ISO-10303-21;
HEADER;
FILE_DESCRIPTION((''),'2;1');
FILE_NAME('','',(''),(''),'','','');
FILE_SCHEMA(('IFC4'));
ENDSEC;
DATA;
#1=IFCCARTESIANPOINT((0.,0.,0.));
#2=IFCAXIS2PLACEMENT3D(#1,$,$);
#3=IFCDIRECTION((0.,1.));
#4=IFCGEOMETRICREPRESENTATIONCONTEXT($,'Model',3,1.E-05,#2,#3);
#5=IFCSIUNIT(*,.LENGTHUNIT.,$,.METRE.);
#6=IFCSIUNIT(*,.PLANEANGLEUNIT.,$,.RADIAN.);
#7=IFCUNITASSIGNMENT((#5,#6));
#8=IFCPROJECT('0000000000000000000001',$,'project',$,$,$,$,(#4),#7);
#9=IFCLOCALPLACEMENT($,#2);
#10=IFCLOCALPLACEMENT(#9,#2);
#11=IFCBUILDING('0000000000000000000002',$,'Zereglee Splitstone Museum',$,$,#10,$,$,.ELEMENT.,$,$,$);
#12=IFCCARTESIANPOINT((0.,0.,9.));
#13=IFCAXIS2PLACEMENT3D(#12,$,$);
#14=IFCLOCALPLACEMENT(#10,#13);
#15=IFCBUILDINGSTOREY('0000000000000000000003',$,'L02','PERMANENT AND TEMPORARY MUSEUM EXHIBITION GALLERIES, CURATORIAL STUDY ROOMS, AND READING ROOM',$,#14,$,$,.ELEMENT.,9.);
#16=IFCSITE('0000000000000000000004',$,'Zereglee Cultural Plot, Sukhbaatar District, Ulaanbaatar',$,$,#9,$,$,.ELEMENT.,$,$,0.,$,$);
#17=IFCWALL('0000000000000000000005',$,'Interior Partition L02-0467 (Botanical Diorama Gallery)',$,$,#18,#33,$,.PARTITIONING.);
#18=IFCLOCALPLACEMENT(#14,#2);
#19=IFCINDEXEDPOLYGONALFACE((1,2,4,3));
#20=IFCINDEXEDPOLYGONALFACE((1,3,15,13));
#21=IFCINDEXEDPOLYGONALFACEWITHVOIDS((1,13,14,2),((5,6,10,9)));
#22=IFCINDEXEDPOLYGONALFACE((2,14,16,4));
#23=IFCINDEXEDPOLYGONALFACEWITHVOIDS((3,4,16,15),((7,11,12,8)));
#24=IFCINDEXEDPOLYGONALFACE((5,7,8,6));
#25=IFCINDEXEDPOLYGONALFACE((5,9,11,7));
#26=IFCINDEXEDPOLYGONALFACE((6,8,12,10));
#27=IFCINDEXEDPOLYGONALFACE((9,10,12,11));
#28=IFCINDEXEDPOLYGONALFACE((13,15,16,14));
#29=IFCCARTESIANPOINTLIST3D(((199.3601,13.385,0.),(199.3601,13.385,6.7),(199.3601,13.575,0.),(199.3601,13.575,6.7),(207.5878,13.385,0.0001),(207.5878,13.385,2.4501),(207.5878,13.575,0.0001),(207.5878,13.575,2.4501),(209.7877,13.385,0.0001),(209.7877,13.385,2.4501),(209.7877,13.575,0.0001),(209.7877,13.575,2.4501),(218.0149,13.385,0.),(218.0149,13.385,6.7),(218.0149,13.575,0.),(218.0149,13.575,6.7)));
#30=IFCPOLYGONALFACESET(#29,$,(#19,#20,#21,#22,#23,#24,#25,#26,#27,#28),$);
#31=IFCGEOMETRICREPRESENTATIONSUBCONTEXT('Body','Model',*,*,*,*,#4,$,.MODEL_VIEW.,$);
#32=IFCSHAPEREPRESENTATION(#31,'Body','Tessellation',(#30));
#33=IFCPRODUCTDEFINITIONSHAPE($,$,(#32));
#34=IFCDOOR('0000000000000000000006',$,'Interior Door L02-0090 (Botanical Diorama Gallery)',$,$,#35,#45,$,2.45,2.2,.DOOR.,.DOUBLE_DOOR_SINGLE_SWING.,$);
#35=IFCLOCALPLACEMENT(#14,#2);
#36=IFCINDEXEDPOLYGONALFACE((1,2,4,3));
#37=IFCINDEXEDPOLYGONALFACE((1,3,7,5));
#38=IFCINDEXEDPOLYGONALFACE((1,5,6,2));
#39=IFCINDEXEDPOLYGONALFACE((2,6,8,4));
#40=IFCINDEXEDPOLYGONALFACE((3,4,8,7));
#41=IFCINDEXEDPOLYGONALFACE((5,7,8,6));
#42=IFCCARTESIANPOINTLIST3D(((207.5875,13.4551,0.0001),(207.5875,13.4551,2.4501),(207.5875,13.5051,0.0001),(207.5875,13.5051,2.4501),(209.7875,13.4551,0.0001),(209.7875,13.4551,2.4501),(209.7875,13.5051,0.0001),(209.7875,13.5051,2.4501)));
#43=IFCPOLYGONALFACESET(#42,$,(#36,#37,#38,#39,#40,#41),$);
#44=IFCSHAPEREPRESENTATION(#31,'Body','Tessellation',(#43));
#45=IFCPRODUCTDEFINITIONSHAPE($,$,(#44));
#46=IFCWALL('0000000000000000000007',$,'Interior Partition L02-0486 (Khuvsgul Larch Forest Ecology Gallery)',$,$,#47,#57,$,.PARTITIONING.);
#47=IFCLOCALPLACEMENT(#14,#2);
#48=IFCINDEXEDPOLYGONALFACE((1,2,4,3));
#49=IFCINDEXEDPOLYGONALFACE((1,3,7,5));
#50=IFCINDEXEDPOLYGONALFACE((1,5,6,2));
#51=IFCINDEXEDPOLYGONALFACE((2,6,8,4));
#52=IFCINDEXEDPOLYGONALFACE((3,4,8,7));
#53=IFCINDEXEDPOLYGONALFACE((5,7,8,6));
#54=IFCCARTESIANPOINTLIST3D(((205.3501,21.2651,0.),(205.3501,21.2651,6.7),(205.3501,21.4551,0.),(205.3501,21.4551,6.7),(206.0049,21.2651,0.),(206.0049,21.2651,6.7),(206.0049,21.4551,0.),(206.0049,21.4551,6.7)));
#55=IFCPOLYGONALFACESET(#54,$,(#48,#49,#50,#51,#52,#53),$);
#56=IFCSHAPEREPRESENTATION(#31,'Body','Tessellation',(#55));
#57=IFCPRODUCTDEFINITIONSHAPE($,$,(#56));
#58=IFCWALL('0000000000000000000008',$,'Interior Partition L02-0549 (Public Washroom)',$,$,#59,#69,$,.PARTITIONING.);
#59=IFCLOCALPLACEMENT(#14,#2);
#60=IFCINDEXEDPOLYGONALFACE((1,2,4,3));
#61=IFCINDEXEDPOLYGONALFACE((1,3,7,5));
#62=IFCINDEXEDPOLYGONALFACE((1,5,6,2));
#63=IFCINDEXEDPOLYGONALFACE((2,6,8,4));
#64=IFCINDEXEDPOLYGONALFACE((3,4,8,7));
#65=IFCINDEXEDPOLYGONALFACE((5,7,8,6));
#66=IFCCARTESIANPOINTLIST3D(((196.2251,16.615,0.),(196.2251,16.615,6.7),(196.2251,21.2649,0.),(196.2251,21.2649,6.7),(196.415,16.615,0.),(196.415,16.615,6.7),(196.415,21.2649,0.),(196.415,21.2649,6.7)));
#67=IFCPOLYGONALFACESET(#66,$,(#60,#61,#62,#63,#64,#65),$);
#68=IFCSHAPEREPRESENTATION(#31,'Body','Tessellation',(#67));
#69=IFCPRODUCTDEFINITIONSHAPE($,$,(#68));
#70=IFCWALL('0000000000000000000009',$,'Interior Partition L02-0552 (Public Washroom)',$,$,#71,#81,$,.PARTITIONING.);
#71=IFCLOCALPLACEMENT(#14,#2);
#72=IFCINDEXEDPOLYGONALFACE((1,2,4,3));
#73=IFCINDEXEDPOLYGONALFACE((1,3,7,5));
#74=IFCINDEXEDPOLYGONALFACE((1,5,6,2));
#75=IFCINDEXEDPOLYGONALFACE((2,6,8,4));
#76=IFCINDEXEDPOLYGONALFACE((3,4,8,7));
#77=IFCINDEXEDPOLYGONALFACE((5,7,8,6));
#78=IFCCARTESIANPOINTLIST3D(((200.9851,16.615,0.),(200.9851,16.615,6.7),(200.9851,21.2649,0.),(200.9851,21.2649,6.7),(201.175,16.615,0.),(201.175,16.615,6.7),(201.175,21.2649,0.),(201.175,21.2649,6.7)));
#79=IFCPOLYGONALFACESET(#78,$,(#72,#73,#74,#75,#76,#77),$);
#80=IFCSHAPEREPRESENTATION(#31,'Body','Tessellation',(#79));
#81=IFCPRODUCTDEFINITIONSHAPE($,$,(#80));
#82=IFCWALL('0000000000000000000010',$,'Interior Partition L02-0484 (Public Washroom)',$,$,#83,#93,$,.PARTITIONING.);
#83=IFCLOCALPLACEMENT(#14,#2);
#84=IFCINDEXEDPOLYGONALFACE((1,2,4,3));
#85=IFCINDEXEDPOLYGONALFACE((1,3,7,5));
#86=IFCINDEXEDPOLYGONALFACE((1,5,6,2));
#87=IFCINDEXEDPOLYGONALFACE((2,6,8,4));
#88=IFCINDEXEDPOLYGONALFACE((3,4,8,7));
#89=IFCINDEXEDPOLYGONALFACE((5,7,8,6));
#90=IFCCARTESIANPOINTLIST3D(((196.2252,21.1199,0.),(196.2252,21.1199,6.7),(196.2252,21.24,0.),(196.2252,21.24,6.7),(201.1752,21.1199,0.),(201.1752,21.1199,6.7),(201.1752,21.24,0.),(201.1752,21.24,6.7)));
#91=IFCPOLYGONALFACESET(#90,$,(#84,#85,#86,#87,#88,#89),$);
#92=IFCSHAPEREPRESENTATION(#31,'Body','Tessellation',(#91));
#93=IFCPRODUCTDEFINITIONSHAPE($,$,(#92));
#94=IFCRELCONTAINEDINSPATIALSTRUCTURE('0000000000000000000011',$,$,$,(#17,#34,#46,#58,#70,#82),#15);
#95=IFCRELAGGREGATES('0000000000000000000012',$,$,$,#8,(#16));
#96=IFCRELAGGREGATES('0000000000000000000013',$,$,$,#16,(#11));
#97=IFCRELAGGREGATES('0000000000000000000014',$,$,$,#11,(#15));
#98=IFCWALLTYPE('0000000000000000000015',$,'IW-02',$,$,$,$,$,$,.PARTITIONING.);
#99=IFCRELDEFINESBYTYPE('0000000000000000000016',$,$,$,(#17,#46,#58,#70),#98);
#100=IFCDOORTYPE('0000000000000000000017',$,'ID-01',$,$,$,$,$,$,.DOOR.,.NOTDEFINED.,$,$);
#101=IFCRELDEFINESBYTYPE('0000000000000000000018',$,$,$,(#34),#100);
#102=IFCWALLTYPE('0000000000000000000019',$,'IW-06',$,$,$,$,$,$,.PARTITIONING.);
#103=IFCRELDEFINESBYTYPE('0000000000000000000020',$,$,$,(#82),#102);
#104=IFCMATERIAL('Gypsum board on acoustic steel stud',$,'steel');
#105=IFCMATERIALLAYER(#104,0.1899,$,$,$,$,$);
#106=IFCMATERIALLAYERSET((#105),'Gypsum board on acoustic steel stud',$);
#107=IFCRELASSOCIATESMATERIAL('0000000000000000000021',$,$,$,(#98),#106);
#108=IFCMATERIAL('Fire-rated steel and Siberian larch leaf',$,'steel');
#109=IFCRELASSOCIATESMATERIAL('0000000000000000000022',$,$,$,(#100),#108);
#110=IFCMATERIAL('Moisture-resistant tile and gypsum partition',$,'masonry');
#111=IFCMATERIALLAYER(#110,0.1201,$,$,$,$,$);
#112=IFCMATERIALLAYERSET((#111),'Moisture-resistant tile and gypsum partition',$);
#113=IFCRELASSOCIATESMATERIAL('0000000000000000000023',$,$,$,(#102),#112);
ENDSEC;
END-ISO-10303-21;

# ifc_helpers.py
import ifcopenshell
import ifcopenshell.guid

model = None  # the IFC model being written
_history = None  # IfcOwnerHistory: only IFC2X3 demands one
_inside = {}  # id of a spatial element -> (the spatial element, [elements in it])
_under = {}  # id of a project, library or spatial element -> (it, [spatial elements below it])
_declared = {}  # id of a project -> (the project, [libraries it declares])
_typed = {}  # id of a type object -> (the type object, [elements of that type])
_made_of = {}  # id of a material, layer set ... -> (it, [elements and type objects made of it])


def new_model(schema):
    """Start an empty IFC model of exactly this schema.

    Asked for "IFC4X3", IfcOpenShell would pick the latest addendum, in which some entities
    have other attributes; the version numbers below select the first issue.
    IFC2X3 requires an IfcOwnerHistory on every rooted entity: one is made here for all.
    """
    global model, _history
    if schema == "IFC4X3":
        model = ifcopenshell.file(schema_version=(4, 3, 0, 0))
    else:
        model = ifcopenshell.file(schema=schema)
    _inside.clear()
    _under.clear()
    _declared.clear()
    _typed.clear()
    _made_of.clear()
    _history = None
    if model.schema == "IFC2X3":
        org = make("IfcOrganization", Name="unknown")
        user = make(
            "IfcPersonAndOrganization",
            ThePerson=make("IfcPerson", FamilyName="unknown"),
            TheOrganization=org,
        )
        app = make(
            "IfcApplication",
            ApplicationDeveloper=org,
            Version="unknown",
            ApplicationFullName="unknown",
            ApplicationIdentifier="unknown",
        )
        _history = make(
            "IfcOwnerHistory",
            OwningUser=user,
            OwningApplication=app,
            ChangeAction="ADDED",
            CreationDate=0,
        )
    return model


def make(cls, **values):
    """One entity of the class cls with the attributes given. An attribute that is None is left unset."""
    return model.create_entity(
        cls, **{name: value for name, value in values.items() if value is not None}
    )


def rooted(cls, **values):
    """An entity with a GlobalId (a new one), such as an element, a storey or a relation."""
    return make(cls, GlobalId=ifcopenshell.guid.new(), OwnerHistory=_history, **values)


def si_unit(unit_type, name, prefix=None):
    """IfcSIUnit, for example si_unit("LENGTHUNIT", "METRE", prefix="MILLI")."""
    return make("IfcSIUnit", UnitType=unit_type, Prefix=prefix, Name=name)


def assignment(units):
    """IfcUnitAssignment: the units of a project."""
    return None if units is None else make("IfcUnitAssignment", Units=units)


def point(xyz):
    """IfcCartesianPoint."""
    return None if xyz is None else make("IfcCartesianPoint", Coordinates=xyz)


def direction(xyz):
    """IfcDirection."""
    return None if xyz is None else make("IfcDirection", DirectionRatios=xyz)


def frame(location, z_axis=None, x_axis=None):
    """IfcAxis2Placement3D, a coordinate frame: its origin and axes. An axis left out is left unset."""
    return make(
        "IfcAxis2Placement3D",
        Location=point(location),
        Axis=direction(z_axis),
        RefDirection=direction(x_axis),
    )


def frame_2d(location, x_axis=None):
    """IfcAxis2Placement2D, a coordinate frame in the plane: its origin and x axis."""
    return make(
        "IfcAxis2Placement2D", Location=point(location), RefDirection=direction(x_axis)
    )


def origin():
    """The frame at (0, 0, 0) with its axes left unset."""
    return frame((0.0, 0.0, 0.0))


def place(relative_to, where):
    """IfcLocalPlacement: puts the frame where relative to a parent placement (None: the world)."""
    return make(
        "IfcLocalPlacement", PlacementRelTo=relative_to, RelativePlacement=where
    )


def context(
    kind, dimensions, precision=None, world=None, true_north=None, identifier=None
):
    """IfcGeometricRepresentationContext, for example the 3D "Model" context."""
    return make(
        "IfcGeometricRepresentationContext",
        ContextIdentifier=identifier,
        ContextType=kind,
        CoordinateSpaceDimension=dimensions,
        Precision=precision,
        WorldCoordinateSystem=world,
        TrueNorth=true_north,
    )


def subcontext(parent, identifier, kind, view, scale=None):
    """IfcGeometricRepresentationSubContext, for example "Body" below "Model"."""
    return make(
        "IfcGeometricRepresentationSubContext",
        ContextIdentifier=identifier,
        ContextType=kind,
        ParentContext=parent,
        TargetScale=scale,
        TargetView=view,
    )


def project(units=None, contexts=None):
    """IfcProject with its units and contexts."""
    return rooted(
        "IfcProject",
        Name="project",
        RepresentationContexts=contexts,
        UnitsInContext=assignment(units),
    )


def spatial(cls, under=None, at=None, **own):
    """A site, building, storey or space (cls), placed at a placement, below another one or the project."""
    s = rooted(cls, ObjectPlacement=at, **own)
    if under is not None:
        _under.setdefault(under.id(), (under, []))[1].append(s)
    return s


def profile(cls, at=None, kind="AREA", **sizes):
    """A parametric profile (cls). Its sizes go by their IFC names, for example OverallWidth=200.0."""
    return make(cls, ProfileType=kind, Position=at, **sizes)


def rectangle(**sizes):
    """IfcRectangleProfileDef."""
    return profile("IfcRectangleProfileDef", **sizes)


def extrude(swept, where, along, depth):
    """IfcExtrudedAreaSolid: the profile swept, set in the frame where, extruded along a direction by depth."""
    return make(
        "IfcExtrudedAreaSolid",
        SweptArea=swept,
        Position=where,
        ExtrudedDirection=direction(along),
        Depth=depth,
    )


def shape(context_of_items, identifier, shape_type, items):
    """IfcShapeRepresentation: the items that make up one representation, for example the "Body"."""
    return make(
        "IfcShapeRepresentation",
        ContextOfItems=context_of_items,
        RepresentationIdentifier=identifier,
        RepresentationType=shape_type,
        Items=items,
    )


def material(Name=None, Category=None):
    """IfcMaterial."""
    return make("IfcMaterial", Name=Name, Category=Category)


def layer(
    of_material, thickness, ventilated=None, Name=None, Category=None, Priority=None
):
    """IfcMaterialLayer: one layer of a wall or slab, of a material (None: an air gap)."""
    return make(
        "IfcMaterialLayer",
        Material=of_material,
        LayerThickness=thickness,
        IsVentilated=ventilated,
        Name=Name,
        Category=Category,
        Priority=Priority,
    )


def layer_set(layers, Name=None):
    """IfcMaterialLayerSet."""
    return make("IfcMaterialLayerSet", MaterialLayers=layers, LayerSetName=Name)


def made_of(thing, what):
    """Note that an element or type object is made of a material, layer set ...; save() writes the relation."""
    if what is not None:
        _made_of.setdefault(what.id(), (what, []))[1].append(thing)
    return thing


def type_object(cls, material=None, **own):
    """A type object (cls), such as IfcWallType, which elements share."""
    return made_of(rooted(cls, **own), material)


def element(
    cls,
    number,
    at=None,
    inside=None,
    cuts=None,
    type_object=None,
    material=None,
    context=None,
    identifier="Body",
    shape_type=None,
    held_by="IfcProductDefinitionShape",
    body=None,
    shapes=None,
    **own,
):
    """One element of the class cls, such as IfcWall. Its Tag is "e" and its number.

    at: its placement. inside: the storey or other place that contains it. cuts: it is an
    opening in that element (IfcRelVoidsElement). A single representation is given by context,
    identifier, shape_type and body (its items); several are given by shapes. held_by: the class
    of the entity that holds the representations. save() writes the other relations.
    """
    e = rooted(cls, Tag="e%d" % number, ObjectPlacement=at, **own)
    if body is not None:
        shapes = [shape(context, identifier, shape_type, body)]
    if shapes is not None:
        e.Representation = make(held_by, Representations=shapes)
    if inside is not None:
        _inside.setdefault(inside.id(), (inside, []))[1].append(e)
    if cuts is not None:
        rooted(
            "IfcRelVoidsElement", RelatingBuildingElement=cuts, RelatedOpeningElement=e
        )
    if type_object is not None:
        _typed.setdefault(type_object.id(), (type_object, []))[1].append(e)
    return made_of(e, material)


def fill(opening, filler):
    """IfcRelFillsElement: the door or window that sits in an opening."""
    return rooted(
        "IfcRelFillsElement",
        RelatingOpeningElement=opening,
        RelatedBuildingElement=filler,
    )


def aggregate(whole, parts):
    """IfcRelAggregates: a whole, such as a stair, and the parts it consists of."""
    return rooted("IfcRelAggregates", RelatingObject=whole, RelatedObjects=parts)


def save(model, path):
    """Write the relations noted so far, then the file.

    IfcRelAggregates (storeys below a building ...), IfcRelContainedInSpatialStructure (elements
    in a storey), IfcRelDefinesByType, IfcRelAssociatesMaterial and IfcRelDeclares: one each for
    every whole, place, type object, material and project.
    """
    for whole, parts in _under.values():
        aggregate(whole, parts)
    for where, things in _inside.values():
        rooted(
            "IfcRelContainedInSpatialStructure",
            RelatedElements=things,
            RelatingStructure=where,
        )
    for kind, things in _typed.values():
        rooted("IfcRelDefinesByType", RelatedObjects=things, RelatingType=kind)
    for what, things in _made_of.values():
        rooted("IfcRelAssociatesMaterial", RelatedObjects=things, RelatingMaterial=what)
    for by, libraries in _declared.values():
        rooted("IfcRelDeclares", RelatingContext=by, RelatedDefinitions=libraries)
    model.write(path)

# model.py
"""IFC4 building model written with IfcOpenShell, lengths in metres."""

from ifc_helpers import new_model, si_unit, direction, frame, frame_2d, origin, place, context, subcontext, project, spatial, rectangle, extrude, material, layer, layer_set, type_object, element, fill, save


model = new_model("IFC4")

# Units and contexts
model_context = context("Model", 3, precision=1e-05, world=origin(), true_north=direction((0.0, 1.0)))
body_context = subcontext(model_context, "Body", "Model", "MODEL_VIEW")
ifc_project = project(units=[si_unit("LENGTHUNIT", "METRE"), si_unit("PLANEANGLEUNIT", "RADIAN")], contexts=[model_context])

# Site, building, storey
site_placement = place(None, origin())
site = spatial("IfcSite", under=ifc_project, at=site_placement, Name="Zereglee Cultural Plot, Sukhbaatar District, Ulaanbaatar", CompositionType="ELEMENT", RefElevation=0.0)
building_placement = place(site_placement, origin())
building = spatial("IfcBuilding", under=site, at=building_placement, Name="Zereglee Splitstone Museum", CompositionType="ELEMENT")
storey_placement = place(building_placement, frame((0.0, 0.0, 9.0)))
storey = spatial("IfcBuildingStorey", under=building, at=storey_placement, Name="L02", Description="PERMANENT AND TEMPORARY MUSEUM EXHIBITION GALLERIES, CURATORIAL STUDY ROOMS, AND READING ROOM", CompositionType="ELEMENT", Elevation=9.0)

# Shared definitions
ifc_material_1 = material(Name="Fire-rated steel and Siberian larch leaf", Category="steel")

# Wall, opening, door
ifc_material_2 = material(Name="Gypsum board on acoustic steel stud", Category="steel")
ifc_layer_1 = layer(ifc_material_2, 0.1899)
ifc_layer_set_1 = layer_set([ifc_layer_1], Name="Gypsum board on acoustic steel stud")
wall_type_1 = type_object("IfcWallType", Name="IW-02", PredefinedType="PARTITIONING", material=ifc_layer_set_1)
wall_1_placement = place(storey_placement, frame((199.3601, 13.48, 0.0), z_axis=(0.0, 0.0, 1.0), x_axis=(1.0, 0.0, 0.0)))
wall_1 = element("IfcWall", 1, at=wall_1_placement, inside=storey, type_object=wall_type_1, Name="Interior Partition L02-0467 (Botanical Diorama Gallery)", PredefinedType="PARTITIONING", context=body_context, shape_type="SweptSolid", body=[
    extrude(rectangle(XDim=18.6548, YDim=0.1899, at=frame_2d((9.3274, 0.0))), origin(), (0.0, 0.0, 1.0), 6.7),
])
opening_1_placement = place(wall_1_placement, frame((8.2275, 0.0, 0.0)))
opening_1 = element("IfcOpeningElement", 2, at=opening_1_placement, cuts=wall_1, PredefinedType="OPENING", context=body_context, shape_type="SweptSolid", body=[
    extrude(rectangle(XDim=2.2, YDim=2.45, at=frame_2d((1.1001, 1.2251))), frame((0.0, 0.1099, 0.0), z_axis=(0.0, -1.0, 0.0), x_axis=(1.0, 0.0, 0.0)), (0.0, 0.0, 1.0), 0.2197),
])
door_type_1 = type_object("IfcDoorType", Name="ID-01", OperationType="NOTDEFINED", PredefinedType="DOOR", material=ifc_material_1)
door_1_placement = place(opening_1_placement, frame((2.2, 0.0, 0.0), z_axis=(0.0, 0.0, 1.0), x_axis=(-1.0, 0.0, 0.0)))
door_1 = element("IfcDoor", 3, at=door_1_placement, inside=storey, type_object=door_type_1, Name="Interior Door L02-0090 (Botanical Diorama Gallery)", OperationType="DOUBLE_DOOR_SINGLE_SWING", OverallHeight=2.45, OverallWidth=2.2, PredefinedType="DOOR", context=body_context, shape_type="SweptSolid", body=[
    extrude(rectangle(XDim=2.2, YDim=2.45, at=frame_2d((1.1001, 1.2251))), frame((0.0, 0.0249, 0.0), z_axis=(0.0, -1.0, 0.0), x_axis=(1.0, 0.0, 0.0)), (0.0, 0.0, 1.0), 0.05),
])
fill(opening_1, door_1)

# Walls
wall_2_placement = place(storey_placement, frame((205.3501, 21.3601, 0.0), z_axis=(0.0, 0.0, 1.0), x_axis=(1.0, 0.0, 0.0)))
element("IfcWall", 4, at=wall_2_placement, inside=storey, type_object=wall_type_1, Name="Interior Partition L02-0486 (Khuvsgul Larch Forest Ecology Gallery)", PredefinedType="PARTITIONING", context=body_context, shape_type="SweptSolid", body=[
    extrude(rectangle(XDim=0.6548, YDim=0.1899, at=frame_2d((0.3274, 0.0))), origin(), (0.0, 0.0, 1.0), 6.7),
])
for number, where, z_axis, x_axis, name in (
    (5, (196.3201, 16.615, 0.0), (0.0, 0.0, 1.0), (0.0, 1.0, 0.0), "Interior Partition L02-0549 (Public Washroom)"),
    (6, (201.0801, 16.615, 0.0), (0.0, 0.0, 1.0), (0.0, 1.0, 0.0), "Interior Partition L02-0552 (Public Washroom)"),
):
    element("IfcWall", number, at=place(storey_placement, frame(where, z_axis=z_axis, x_axis=x_axis)), inside=storey, type_object=wall_type_1, Name=name, PredefinedType="PARTITIONING", context=body_context, shape_type="SweptSolid", body=[
        extrude(rectangle(XDim=4.6499, YDim=0.1899, at=frame_2d((2.325, 0.0))), origin(), (0.0, 0.0, 1.0), 6.7),
    ])
ifc_material_3 = material(Name="Moisture-resistant tile and gypsum partition", Category="masonry")
ifc_layer_2 = layer(ifc_material_3, 0.1201)
ifc_layer_set_2 = layer_set([ifc_layer_2], Name="Moisture-resistant tile and gypsum partition")
wall_type_2 = type_object("IfcWallType", Name="IW-06", PredefinedType="PARTITIONING", material=ifc_layer_set_2)
wall_3_placement = place(storey_placement, frame((196.2251, 21.1799, 0.0), z_axis=(0.0, 0.0, 1.0), x_axis=(1.0, 0.0, 0.0)))
element("IfcWall", 7, at=wall_3_placement, inside=storey, type_object=wall_type_2, Name="Interior Partition L02-0484 (Public Washroom)", PredefinedType="PARTITIONING", context=body_context, shape_type="SweptSolid", body=[
    extrude(rectangle(XDim=4.95, YDim=0.1201, at=frame_2d((2.4751, 0.0))), origin(), (0.0, 0.0, 1.0), 6.7),
])

save(model, "model.ifc")
